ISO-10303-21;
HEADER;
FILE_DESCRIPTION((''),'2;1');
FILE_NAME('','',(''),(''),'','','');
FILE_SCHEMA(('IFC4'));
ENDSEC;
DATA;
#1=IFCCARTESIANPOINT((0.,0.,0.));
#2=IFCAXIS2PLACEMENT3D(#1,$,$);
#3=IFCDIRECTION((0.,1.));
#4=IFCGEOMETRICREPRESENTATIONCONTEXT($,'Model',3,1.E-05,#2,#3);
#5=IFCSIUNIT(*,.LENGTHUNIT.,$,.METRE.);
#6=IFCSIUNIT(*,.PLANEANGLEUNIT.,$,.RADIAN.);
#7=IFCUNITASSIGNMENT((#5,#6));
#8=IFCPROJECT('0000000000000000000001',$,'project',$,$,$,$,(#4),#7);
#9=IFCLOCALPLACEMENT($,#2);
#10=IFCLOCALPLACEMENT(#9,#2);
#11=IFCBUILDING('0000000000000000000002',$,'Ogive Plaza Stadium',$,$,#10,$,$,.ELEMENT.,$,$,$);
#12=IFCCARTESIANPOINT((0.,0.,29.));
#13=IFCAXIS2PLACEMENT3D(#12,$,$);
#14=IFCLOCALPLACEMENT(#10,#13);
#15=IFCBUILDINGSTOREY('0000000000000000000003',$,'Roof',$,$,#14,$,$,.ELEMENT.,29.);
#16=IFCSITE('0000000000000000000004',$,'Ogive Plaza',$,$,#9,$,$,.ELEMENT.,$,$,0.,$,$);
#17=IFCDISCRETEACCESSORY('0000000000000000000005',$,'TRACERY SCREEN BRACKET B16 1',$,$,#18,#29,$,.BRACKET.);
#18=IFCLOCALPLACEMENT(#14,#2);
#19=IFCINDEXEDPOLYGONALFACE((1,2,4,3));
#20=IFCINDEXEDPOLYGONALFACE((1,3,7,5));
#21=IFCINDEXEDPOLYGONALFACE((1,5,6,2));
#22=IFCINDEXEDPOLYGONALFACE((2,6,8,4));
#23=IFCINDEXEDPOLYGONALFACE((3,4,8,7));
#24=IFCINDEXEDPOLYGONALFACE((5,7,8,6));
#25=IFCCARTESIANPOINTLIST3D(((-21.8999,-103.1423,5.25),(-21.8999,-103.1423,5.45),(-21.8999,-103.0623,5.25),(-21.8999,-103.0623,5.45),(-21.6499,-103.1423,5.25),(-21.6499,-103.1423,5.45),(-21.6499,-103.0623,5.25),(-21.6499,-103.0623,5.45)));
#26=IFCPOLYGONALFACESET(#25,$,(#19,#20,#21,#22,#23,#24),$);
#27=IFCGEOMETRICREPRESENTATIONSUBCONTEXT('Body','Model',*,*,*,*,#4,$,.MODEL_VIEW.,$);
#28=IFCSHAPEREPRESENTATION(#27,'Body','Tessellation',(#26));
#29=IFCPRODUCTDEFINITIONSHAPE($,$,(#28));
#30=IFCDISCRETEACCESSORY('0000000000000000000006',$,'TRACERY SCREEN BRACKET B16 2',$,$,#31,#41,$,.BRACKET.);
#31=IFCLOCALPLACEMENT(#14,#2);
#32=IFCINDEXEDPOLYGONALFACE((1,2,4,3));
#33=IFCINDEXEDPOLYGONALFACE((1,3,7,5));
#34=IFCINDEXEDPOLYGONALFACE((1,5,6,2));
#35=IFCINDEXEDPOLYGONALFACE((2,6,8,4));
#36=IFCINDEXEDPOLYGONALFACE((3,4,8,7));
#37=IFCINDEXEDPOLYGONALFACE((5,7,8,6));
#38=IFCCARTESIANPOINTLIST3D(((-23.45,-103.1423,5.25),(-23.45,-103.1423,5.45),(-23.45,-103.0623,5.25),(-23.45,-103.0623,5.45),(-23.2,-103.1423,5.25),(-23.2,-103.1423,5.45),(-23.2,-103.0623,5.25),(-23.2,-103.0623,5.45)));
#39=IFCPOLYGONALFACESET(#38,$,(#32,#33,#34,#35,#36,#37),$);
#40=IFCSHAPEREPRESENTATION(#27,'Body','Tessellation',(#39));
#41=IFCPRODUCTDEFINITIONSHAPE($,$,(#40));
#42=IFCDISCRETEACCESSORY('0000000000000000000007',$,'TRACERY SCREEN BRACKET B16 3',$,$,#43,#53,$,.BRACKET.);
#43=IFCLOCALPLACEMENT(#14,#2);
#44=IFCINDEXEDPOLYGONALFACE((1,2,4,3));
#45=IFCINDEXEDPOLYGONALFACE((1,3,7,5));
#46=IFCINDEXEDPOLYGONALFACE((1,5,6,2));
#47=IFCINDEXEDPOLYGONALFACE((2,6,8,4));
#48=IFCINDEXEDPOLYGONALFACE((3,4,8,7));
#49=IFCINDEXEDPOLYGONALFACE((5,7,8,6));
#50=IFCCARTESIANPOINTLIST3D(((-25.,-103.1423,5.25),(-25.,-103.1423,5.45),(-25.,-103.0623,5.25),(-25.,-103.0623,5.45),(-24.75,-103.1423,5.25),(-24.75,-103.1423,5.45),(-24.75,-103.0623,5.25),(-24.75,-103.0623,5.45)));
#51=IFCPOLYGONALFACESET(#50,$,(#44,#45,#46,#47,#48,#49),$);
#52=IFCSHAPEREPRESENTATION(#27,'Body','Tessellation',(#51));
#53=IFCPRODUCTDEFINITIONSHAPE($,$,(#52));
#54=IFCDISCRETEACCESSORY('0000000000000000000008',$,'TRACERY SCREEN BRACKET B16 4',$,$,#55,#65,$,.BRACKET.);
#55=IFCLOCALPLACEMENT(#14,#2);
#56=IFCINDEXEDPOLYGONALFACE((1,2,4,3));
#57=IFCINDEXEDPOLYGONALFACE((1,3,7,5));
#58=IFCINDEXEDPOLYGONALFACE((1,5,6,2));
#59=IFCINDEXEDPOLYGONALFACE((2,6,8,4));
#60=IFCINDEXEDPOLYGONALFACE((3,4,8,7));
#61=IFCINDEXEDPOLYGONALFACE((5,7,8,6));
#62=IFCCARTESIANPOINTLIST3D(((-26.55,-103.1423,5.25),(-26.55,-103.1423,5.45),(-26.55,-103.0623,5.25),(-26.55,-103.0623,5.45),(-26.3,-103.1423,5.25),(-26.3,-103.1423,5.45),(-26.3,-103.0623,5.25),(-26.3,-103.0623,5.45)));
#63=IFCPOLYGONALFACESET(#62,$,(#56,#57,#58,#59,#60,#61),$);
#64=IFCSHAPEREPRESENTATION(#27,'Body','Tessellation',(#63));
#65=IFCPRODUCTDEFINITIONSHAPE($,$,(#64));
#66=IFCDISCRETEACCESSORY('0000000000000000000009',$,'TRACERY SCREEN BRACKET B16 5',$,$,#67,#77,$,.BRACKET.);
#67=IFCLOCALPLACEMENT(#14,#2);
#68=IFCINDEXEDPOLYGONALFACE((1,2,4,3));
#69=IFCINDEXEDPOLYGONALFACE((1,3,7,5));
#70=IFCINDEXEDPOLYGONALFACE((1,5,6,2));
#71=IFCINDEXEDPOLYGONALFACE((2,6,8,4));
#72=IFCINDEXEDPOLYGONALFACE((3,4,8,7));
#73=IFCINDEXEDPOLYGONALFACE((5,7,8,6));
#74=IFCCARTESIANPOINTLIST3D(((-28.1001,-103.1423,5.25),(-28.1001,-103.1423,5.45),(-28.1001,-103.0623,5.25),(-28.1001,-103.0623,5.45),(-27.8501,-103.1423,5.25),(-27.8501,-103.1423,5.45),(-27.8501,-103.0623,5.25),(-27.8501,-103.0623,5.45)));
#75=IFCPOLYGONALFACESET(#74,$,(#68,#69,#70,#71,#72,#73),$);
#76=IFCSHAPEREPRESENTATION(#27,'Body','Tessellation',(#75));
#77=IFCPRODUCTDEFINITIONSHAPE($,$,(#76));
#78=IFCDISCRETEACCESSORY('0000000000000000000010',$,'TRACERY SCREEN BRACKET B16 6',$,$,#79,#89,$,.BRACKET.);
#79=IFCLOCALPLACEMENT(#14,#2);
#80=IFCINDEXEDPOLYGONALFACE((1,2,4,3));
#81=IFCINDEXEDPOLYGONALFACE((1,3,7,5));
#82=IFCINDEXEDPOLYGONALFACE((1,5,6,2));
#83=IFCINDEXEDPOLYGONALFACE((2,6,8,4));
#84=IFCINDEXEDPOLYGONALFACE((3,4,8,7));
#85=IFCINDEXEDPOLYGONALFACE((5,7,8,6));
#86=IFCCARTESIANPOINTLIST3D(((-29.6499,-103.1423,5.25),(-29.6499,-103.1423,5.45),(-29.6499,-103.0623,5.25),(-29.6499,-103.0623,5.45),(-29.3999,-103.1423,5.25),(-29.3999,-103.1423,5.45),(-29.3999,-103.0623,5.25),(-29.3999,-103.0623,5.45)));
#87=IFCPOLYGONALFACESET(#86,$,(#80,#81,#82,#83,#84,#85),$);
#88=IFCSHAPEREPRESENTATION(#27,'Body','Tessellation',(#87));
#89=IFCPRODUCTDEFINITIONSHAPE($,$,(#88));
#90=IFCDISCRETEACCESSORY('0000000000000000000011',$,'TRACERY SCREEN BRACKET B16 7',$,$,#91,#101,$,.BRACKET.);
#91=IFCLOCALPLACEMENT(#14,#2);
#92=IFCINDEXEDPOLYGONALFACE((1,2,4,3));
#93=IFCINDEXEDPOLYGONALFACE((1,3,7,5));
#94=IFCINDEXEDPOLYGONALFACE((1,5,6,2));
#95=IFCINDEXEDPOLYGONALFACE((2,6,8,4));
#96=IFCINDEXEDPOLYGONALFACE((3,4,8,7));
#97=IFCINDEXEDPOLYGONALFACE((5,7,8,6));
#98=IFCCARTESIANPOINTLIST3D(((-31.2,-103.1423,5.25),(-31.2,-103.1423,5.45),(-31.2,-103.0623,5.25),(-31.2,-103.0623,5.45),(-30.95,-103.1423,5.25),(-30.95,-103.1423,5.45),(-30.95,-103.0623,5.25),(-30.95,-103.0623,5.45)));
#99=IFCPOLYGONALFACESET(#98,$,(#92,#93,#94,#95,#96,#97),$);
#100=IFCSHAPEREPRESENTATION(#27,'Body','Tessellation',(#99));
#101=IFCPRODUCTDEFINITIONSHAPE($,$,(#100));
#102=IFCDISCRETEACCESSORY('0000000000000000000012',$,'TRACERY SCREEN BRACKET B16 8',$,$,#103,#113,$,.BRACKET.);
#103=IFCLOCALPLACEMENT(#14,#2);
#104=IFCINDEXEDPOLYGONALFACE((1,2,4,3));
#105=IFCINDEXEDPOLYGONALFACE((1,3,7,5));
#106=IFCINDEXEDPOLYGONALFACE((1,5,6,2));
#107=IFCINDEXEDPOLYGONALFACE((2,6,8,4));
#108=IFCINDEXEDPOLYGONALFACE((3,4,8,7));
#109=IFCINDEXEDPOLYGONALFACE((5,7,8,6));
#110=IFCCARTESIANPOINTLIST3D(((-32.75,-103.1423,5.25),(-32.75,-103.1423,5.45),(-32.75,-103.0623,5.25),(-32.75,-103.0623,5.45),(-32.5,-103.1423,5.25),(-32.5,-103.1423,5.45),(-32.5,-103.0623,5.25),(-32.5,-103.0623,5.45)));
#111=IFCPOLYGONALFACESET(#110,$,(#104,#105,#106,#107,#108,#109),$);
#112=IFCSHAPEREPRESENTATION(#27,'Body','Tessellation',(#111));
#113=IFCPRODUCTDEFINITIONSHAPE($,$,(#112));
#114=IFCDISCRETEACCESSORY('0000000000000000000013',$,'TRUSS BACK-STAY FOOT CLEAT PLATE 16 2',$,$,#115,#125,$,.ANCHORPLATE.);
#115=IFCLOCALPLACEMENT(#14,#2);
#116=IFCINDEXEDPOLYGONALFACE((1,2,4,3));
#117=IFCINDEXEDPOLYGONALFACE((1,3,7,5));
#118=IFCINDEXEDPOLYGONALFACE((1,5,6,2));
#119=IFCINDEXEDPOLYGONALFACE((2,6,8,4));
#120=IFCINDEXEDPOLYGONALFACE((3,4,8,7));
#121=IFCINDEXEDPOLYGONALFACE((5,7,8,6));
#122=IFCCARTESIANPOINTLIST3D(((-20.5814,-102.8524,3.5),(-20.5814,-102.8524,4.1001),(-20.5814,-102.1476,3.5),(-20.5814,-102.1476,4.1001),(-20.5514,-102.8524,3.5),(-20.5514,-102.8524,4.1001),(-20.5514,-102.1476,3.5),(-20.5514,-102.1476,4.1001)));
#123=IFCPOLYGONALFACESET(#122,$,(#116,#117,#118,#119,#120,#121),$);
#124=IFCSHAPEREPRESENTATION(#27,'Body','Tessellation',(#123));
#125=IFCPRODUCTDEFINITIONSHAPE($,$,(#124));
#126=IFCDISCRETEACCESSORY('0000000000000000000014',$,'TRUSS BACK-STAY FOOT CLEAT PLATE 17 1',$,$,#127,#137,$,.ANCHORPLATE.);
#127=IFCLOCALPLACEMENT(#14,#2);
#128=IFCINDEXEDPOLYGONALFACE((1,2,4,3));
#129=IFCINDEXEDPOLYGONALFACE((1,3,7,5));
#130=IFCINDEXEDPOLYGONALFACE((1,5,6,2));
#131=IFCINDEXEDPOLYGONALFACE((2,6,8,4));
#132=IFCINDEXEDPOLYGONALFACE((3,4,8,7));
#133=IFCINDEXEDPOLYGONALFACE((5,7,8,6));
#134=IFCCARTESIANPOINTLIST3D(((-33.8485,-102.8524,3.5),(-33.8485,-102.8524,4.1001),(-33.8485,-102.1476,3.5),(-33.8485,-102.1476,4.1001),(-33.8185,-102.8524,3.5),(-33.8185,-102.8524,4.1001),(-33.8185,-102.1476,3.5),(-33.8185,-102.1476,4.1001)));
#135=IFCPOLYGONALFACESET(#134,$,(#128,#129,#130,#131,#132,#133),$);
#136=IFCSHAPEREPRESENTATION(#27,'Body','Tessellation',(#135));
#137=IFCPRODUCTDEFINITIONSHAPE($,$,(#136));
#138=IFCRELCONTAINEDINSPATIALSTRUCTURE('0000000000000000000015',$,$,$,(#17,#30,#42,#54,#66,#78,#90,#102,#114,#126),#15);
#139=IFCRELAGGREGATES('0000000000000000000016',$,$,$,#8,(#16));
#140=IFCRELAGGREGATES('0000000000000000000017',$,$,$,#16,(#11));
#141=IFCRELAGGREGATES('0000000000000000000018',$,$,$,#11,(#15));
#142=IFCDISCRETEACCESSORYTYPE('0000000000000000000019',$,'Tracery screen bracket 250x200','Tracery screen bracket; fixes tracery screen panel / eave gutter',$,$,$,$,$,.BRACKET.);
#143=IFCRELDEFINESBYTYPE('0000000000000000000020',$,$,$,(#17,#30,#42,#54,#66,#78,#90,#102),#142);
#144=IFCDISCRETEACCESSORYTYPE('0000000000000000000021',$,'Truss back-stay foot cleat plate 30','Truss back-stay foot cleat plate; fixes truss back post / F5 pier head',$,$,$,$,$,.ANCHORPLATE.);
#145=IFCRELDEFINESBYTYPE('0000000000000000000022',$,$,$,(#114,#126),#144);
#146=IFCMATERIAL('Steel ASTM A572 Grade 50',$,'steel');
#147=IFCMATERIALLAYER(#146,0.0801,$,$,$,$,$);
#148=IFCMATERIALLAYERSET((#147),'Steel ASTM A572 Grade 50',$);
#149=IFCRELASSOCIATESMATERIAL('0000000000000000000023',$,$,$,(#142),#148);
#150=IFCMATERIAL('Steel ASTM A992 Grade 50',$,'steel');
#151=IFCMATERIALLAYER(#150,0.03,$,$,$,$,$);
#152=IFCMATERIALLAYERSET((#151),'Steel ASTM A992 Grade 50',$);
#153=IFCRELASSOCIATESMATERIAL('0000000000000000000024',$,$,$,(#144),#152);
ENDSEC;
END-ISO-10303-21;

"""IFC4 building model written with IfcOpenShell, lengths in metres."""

from ifc_helpers import new_model, si_unit, direction, frame, origin, origin_2d, place, context, subcontext, project, spatial, rectangle, extrude, material, layer, layer_set, type_object, element, save


model = new_model("IFC4")

# Units and contexts
model_context = context("Model", 3, precision=1e-05, world=origin(), true_north=direction((0.0, 1.0)))
body_context = subcontext(model_context, "Body", "Model", "MODEL_VIEW")
ifc_project = project(units=[si_unit("LENGTHUNIT", "METRE"), si_unit("PLANEANGLEUNIT", "RADIAN")], contexts=[model_context])

# Site, building, storey
site_placement = place(None, origin())
site = spatial("IfcSite", under=ifc_project, at=site_placement, Name="Ogive Plaza", CompositionType="ELEMENT", RefElevation=0.0)
building_placement = place(site_placement, origin())
building = spatial("IfcBuilding", under=site, at=building_placement, Name="Ogive Plaza Stadium", CompositionType="ELEMENT")
storey_placement = place(building_placement, frame((0.0, 0.0, 29.0)))
storey = spatial("IfcBuildingStorey", under=building, at=storey_placement, Name="Roof", CompositionType="ELEMENT", Elevation=29.0)

# Discrete accessories
ifc_material_1 = material(Name="Steel ASTM A572 Grade 50", Category="steel")
ifc_layer_1 = layer(ifc_material_1, 0.0801)
ifc_layer_set_1 = layer_set([ifc_layer_1], Name="Steel ASTM A572 Grade 50")
discrete_accessory_type_1 = type_object("IfcDiscreteAccessoryType", Name="Tracery screen bracket 250x200", Description="Tracery screen bracket; fixes tracery screen panel / eave gutter", PredefinedType="BRACKET", material=ifc_layer_set_1)
for number, where, z_axis, x_axis, name in (
    (1, (-21.7749, -103.1023, 5.25), (0.0, 0.0, 1.0), (-1.0, 0.0, 0.0), "TRACERY SCREEN BRACKET B16 1"),
    (2, (-23.325, -103.1023, 5.25), (0.0, 0.0, 1.0), (-1.0, 0.0, 0.0), "TRACERY SCREEN BRACKET B16 2"),
    (3, (-24.875, -103.1023, 5.25), (0.0, 0.0, 1.0), (-1.0, 0.0, 0.0), "TRACERY SCREEN BRACKET B16 3"),
    (4, (-26.425, -103.1023, 5.25), (0.0, 0.0, 1.0), (-1.0, 0.0, 0.0), "TRACERY SCREEN BRACKET B16 4"),
    (5, (-27.9751, -103.1023, 5.25), (0.0, 0.0, 1.0), (-1.0, 0.0, 0.0), "TRACERY SCREEN BRACKET B16 5"),
    (6, (-29.5249, -103.1023, 5.25), (0.0, 0.0, 1.0), (-1.0, 0.0, 0.0), "TRACERY SCREEN BRACKET B16 6"),
    (7, (-31.075, -103.1023, 5.25), (0.0, 0.0, 1.0), (-1.0, 0.0, 0.0), "TRACERY SCREEN BRACKET B16 7"),
    (8, (-32.625, -103.1023, 5.25), (0.0, 0.0, 1.0), (-1.0, 0.0, 0.0), "TRACERY SCREEN BRACKET B16 8"),
):
    element("IfcDiscreteAccessory", number, at=place(storey_placement, frame(where, z_axis=z_axis, x_axis=x_axis)), inside=storey, type_object=discrete_accessory_type_1, Name=name, PredefinedType="BRACKET", context=body_context, shape_type="SweptSolid", body=[
        extrude(rectangle(XDim=0.25, YDim=0.0801, at=origin_2d()), origin(), (0.0, 0.0, 1.0), 0.2),
    ])
ifc_material_2 = material(Name="Steel ASTM A992 Grade 50", Category="steel")
ifc_layer_2 = layer(ifc_material_2, 0.03)
ifc_layer_set_2 = layer_set([ifc_layer_2], Name="Steel ASTM A992 Grade 50")
discrete_accessory_type_2 = type_object("IfcDiscreteAccessoryType", Name="Truss back-stay foot cleat plate 30", Description="Truss back-stay foot cleat plate; fixes truss back post / F5 pier head", PredefinedType="ANCHORPLATE", material=ifc_layer_set_2)
for number, where, z_axis, x_axis, name in (
    (9, (-20.5664, -102.5, 3.5), (0.0, 0.0, 1.0), (0.0, -1.0, 0.0), "TRUSS BACK-STAY FOOT CLEAT PLATE 16 2"),
    (10, (-33.8335, -102.5, 3.5), (0.0, 0.0, 1.0), (0.0, -1.0, 0.0), "TRUSS BACK-STAY FOOT CLEAT PLATE 17 1"),
):
    element("IfcDiscreteAccessory", number, at=place(storey_placement, frame(where, z_axis=z_axis, x_axis=x_axis)), inside=storey, type_object=discrete_accessory_type_2, Name=name, PredefinedType="ANCHORPLATE", context=body_context, shape_type="SweptSolid", body=[
        extrude(rectangle(XDim=0.7048, YDim=0.03, at=origin_2d()), origin(), (0.0, 0.0, 1.0), 0.6001),
    ])

save(model, "model.ifc")
